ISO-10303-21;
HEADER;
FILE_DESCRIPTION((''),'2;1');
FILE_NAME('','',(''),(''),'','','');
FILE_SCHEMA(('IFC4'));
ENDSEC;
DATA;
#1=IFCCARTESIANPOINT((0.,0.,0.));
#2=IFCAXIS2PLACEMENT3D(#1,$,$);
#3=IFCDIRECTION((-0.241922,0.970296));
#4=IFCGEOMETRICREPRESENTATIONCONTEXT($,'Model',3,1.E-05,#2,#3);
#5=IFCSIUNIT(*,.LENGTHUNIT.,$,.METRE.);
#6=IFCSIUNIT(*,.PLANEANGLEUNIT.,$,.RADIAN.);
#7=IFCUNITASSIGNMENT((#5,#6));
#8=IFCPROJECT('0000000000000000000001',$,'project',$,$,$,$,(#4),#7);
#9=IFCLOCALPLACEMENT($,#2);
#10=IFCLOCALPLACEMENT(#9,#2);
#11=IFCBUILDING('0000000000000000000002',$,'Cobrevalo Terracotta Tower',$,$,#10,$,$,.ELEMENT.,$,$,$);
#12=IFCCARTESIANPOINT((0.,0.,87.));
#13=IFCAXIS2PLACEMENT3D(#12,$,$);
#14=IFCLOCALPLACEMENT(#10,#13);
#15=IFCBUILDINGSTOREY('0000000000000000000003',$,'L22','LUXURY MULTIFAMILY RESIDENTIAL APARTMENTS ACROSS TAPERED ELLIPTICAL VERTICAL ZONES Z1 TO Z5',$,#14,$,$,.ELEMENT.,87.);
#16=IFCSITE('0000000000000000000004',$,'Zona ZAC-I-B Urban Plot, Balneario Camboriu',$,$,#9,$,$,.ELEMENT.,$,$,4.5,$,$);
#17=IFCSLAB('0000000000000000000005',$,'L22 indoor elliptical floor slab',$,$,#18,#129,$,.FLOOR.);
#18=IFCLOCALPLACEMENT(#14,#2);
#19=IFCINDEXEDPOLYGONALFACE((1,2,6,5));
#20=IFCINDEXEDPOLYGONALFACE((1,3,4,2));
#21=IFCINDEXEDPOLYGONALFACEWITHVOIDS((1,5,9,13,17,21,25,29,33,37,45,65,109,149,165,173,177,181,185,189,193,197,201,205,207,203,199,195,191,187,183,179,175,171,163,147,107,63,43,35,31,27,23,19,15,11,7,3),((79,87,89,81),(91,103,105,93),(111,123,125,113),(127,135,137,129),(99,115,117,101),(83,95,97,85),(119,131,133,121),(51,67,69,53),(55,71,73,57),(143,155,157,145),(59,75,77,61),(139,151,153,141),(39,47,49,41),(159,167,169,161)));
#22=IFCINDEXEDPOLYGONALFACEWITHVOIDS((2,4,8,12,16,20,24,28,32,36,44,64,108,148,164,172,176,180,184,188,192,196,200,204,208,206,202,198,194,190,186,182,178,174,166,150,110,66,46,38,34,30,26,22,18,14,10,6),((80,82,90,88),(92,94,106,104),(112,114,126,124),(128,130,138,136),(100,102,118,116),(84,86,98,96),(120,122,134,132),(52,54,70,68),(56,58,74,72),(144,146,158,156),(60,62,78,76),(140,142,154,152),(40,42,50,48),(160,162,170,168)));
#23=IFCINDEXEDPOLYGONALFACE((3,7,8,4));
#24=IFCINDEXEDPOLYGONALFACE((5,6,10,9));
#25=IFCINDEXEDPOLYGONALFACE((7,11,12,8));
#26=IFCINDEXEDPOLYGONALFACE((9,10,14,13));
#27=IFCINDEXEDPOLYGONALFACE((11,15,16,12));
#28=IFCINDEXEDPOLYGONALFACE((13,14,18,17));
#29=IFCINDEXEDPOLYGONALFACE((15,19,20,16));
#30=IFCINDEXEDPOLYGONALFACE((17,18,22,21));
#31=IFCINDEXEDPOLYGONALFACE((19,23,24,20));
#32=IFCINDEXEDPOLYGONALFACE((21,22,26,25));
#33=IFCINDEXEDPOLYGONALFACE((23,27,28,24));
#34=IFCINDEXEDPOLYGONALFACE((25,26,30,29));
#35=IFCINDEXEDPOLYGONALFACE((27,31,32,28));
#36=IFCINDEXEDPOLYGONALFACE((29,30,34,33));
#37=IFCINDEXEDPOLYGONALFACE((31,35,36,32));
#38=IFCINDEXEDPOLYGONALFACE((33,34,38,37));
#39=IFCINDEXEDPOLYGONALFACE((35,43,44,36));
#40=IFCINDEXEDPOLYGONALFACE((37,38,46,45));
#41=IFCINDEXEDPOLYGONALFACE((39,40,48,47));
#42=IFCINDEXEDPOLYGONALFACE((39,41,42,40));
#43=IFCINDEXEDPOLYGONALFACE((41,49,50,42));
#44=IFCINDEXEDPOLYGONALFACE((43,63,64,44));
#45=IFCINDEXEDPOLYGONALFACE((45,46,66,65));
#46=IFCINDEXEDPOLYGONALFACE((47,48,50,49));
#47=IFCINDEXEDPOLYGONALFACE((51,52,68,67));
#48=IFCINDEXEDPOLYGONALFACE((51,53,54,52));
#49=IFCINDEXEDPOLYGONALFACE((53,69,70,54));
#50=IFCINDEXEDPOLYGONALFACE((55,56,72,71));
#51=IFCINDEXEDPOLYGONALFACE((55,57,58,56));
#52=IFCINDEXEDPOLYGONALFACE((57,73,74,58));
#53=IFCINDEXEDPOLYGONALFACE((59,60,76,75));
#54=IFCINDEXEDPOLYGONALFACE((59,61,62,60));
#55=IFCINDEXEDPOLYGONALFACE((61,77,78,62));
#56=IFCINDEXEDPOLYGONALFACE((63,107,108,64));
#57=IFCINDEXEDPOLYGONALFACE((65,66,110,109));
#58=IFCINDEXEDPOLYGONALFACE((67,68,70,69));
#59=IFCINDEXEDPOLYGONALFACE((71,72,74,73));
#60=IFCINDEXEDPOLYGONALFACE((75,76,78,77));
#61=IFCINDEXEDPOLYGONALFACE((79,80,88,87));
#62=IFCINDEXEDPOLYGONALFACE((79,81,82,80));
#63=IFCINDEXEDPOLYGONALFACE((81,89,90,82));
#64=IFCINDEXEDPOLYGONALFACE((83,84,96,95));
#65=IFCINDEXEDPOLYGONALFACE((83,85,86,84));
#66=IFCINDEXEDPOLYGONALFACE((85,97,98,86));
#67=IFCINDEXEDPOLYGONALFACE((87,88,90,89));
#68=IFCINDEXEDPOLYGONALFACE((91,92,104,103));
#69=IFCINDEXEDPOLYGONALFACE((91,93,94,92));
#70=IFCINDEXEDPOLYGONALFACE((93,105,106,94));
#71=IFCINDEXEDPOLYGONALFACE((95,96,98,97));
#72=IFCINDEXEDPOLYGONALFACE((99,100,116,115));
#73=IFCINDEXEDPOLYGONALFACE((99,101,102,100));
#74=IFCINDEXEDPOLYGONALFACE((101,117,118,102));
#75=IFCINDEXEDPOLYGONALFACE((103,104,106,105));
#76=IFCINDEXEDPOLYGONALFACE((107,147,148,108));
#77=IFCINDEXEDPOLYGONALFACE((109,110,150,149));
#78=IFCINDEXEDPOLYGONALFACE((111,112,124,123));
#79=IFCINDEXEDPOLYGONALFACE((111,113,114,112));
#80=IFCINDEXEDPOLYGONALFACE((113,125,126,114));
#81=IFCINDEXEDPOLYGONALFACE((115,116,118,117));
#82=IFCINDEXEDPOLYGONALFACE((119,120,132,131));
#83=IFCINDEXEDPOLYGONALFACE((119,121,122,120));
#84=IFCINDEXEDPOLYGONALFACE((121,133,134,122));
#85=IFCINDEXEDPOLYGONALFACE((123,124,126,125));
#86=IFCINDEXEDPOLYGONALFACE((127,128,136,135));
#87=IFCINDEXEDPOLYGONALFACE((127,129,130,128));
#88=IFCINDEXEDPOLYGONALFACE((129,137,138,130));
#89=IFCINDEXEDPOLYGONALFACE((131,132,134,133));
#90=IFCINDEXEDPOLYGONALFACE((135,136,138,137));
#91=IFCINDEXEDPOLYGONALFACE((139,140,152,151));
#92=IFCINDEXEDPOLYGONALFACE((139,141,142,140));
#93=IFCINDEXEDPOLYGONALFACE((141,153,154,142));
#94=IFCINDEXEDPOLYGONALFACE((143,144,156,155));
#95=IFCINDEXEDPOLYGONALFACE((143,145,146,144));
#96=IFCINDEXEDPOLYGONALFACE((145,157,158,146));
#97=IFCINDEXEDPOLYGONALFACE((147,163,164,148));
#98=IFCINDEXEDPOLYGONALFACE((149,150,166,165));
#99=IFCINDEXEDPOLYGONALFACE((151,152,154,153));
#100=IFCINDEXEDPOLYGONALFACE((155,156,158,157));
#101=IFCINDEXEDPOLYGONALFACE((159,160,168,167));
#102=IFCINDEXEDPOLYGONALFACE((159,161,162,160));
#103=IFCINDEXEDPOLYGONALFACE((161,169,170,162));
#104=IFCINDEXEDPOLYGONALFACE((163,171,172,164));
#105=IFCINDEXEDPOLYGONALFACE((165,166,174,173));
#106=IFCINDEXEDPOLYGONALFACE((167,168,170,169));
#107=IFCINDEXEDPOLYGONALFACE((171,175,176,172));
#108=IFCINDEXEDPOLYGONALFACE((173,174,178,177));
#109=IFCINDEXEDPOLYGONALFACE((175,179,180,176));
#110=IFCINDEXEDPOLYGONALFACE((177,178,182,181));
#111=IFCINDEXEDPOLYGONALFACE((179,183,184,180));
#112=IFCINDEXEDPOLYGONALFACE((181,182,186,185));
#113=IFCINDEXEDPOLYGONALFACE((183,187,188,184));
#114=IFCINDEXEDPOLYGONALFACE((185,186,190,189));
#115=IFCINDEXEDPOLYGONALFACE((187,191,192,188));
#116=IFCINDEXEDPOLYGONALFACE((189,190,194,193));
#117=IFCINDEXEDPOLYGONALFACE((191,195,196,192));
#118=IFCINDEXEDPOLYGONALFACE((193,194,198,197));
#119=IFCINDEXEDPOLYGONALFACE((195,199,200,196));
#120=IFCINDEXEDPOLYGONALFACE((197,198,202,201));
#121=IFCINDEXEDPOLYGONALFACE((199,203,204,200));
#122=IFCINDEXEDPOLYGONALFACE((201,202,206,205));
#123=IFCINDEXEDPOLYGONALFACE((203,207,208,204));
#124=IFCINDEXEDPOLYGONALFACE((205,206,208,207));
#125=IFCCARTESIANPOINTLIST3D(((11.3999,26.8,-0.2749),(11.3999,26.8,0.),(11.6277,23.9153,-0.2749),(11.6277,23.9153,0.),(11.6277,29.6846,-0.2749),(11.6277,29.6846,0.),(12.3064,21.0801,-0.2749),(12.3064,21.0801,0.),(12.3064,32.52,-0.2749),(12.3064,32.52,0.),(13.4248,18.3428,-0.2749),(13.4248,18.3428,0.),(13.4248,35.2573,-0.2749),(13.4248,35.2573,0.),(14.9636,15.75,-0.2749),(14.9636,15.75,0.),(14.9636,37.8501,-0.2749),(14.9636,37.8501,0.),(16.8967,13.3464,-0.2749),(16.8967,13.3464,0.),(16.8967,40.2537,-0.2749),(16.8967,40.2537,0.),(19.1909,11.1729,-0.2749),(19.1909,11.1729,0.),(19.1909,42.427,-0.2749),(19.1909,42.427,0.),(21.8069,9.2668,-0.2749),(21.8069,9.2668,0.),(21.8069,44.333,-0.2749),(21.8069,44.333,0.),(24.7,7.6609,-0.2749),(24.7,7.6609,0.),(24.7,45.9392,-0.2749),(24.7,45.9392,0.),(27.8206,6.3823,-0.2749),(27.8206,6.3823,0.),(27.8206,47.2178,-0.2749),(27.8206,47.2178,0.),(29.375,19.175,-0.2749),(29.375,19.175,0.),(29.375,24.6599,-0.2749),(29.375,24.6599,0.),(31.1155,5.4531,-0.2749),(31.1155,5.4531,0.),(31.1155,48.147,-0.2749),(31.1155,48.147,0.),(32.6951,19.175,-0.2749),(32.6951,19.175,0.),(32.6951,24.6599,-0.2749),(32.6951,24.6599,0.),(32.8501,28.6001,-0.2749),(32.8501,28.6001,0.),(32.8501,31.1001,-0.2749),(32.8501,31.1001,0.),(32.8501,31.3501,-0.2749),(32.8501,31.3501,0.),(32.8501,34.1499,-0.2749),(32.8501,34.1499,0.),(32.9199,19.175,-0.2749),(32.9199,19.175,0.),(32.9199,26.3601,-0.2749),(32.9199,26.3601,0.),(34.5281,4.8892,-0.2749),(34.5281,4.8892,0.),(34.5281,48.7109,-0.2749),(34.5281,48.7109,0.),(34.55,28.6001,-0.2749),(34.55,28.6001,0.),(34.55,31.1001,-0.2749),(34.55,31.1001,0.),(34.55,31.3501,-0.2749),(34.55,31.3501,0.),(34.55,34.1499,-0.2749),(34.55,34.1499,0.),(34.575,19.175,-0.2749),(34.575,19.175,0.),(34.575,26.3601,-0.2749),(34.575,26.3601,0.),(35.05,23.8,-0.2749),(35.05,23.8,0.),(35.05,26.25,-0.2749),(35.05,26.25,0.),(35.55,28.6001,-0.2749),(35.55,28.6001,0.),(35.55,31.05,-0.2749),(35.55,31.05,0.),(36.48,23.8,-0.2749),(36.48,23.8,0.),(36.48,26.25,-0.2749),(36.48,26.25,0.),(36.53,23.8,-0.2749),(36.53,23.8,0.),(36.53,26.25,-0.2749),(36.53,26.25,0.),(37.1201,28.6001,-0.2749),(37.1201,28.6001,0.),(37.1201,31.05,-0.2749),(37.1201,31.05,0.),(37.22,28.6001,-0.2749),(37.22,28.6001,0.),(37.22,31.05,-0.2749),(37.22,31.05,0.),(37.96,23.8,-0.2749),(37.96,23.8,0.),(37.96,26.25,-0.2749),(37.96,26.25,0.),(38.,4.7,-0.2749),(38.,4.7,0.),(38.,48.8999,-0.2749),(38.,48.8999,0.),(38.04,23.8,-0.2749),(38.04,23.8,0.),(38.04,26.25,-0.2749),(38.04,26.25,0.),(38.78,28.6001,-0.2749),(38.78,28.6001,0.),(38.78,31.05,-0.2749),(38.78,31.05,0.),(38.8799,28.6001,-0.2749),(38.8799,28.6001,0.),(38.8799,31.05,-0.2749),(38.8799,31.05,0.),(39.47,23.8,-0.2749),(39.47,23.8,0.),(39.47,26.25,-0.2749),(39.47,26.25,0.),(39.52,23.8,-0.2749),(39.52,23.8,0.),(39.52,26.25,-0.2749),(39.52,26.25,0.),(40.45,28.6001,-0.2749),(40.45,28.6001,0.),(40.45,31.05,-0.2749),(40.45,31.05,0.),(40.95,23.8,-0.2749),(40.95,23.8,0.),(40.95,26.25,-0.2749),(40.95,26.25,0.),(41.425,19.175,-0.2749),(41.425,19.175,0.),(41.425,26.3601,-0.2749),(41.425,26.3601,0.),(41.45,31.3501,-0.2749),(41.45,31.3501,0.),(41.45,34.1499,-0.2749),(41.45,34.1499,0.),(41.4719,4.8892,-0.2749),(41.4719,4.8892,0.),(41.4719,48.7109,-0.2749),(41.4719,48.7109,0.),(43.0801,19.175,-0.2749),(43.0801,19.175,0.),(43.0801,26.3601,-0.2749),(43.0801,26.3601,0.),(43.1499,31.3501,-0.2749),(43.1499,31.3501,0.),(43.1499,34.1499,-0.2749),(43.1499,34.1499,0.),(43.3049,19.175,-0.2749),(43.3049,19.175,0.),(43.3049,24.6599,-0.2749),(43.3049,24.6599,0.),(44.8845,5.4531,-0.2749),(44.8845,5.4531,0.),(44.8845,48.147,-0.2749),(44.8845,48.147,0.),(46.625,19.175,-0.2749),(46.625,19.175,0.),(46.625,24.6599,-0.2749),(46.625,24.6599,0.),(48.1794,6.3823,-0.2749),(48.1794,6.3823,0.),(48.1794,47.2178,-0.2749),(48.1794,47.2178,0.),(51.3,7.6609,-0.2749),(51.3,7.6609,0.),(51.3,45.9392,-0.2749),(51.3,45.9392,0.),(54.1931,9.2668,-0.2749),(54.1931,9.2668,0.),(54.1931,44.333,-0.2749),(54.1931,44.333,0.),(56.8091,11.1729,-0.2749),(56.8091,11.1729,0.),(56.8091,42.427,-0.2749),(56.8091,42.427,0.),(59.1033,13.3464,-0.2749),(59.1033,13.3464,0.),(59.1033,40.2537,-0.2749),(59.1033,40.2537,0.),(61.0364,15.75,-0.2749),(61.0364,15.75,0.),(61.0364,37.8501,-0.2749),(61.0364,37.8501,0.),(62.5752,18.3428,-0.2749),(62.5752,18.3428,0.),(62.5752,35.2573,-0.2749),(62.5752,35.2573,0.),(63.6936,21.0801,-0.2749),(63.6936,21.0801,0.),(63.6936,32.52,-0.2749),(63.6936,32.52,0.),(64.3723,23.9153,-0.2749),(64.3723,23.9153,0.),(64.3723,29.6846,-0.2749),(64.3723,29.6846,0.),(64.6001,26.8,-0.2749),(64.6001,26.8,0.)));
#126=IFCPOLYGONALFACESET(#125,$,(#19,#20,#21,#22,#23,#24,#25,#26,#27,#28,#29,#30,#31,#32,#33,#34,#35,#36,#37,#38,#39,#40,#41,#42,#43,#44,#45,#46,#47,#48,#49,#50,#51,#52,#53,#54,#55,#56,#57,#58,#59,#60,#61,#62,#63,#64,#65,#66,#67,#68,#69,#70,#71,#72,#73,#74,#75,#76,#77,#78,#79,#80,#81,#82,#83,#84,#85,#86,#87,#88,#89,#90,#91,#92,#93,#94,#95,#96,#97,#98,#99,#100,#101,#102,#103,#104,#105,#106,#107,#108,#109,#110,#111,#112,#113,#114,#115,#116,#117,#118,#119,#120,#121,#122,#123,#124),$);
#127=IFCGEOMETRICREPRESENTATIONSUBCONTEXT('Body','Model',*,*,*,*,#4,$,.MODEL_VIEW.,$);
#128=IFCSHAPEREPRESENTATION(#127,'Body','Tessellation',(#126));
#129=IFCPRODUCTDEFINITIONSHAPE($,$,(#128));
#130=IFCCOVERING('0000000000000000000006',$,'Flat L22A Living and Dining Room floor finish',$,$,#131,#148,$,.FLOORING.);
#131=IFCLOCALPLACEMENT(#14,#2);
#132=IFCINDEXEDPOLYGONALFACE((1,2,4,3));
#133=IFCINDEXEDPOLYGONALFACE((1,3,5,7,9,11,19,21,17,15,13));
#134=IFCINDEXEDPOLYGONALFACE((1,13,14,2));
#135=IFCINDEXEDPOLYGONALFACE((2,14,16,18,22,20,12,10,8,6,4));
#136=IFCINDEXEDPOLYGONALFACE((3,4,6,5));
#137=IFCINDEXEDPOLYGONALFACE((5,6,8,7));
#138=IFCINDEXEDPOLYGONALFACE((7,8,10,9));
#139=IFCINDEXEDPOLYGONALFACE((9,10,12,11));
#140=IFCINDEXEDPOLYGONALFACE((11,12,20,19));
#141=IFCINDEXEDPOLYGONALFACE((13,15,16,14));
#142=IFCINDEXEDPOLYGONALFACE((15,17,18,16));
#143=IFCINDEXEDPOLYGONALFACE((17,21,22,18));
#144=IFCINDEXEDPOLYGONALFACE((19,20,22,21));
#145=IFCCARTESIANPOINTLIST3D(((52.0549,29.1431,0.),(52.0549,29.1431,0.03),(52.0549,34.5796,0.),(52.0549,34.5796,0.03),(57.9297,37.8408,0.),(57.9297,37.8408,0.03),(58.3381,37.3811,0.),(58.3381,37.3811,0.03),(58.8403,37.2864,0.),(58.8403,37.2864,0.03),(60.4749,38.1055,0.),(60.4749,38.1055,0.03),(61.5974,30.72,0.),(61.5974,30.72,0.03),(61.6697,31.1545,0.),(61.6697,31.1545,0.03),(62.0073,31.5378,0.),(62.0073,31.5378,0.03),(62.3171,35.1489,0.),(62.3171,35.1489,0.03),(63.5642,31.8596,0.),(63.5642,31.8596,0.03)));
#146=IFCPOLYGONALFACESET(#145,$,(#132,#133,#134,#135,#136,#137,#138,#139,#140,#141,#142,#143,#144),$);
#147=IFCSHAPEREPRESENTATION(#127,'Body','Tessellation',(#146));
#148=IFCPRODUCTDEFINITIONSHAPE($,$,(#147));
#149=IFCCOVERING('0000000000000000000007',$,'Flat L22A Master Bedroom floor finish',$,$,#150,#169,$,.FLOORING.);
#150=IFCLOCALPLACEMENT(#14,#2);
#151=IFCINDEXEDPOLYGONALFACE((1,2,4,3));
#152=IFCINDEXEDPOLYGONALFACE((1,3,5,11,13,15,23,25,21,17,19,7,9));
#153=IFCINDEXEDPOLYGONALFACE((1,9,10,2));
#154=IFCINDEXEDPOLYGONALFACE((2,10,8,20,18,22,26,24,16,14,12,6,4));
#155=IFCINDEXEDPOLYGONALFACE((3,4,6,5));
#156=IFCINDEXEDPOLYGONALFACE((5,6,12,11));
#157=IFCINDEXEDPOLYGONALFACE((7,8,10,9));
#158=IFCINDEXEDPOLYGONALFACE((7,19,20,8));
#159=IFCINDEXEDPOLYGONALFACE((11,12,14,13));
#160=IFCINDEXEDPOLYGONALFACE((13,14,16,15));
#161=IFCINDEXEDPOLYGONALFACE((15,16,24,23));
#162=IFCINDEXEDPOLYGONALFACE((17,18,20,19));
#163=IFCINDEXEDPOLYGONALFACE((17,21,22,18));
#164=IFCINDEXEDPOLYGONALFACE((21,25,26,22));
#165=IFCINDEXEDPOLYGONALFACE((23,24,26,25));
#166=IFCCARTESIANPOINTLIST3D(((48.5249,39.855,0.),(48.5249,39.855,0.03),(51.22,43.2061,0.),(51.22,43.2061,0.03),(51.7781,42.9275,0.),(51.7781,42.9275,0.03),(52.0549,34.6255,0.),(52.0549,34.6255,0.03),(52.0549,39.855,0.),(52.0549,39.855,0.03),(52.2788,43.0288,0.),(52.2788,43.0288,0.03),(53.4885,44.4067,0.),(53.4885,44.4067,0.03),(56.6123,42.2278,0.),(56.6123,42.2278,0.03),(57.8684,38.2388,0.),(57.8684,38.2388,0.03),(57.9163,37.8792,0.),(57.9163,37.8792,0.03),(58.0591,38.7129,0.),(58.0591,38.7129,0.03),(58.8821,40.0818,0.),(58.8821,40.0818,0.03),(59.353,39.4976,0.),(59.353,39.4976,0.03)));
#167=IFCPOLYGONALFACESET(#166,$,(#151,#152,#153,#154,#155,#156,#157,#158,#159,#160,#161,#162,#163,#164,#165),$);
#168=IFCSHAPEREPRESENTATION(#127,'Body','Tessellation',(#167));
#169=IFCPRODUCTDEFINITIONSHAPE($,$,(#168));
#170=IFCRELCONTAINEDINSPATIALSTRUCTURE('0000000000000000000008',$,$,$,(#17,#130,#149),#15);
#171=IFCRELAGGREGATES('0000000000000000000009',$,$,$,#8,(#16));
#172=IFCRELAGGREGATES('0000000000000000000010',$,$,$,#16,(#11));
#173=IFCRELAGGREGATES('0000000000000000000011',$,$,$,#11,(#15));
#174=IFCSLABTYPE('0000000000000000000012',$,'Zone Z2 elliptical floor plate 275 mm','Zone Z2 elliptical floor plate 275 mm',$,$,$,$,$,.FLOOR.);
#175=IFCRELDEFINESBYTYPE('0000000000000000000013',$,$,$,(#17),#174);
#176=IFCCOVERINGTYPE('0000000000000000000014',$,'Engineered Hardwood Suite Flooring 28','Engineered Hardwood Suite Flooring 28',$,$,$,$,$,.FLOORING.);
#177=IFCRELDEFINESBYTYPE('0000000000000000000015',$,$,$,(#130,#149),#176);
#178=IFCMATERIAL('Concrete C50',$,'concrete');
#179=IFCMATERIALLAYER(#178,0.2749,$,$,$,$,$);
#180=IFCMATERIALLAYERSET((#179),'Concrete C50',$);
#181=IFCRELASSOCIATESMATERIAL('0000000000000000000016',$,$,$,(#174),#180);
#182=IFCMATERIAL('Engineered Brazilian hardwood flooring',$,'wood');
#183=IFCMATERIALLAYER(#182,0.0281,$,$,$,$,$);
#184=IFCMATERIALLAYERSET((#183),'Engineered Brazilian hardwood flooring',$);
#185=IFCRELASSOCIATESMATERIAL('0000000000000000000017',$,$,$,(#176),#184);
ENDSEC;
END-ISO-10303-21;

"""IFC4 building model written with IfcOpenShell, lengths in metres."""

from ifc_helpers import new_model, si_unit, direction, frame, origin, place, context, subcontext, project, spatial, polyline, outline, extrude, material, layer, layer_set, type_object, element, save


model = new_model("IFC4")

# Units and contexts
model_context = context("Model", 3, precision=1e-05, world=origin(), true_north=direction((-0.241922, 0.970296)))
body_context = subcontext(model_context, "Body", "Model", "MODEL_VIEW")
ifc_project = project(units=[si_unit("LENGTHUNIT", "METRE"), si_unit("PLANEANGLEUNIT", "RADIAN")], contexts=[model_context])

# Site, building, storey
site_placement = place(None, origin())
site = spatial("IfcSite", under=ifc_project, at=site_placement, Name="Zona ZAC-I-B Urban Plot, Balneario Camboriu", CompositionType="ELEMENT", RefElevation=4.5)
building_placement = place(site_placement, origin())
building = spatial("IfcBuilding", under=site, at=building_placement, Name="Cobrevalo Terracotta Tower", CompositionType="ELEMENT")
storey_placement = place(building_placement, frame((0.0, 0.0, 87.0)))
storey = spatial("IfcBuildingStorey", under=building, at=storey_placement, Name="L22", Description="LUXURY MULTIFAMILY RESIDENTIAL APARTMENTS ACROSS TAPERED ELLIPTICAL VERTICAL ZONES Z1 TO Z5", CompositionType="ELEMENT", Elevation=87.0)

# Shared definitions
ifc_material_1 = material(Name="Concrete C50", Category="concrete")

# Slab
ifc_layer_1 = layer(ifc_material_1, 0.2749)
ifc_layer_set_1 = layer_set([ifc_layer_1], Name="Concrete C50")
slab_type_1 = type_object("IfcSlabType", Name="Zone Z2 elliptical floor plate 275 mm", Description="Zone Z2 elliptical floor plate 275 mm", PredefinedType="FLOOR", material=ifc_layer_set_1)
slab_1_placement = place(storey_placement, frame((0.0, 0.0, -0.2749)))
element("IfcSlab", 1, at=slab_1_placement, inside=storey, type_object=slab_type_1, Name="L22 indoor elliptical floor slab", PredefinedType="FLOOR", context=body_context, shape_type="SweptSolid", body=[
    extrude(outline(polyline([(64.3723, 23.9153), (63.6936, 21.0801), (62.5752, 18.3428), (61.0364, 15.75), (59.1033, 13.3464), (56.8091, 11.1729), (54.1931, 9.2668), (51.3, 7.6609), (48.1794, 6.3823), (44.8845, 5.4531), (41.4719, 4.8892), (38.0, 4.7), (34.5281, 4.8892), (31.1155, 5.4531), (27.8206, 6.3823), (24.7, 7.6609), (21.8069, 9.2668), (19.1909, 11.1729), (16.8967, 13.3464), (14.9636, 15.75), (13.4248, 18.3428), (12.3064, 21.0801), (11.6277, 23.9153), (11.3999, 26.8), (11.6277, 29.6846), (12.3064, 32.52), (13.4248, 35.2573), (14.9636, 37.8501), (16.8967, 40.2537), (19.1909, 42.427), (21.8069, 44.333), (24.7, 45.9392), (27.8206, 47.2178), (31.1155, 48.147), (34.5281, 48.7109), (38.0, 48.8999), (41.4719, 48.7109), (44.8845, 48.147), (48.1794, 47.2178), (51.3, 45.9392), (54.1931, 44.333), (56.8091, 42.427), (59.1033, 40.2537), (61.0364, 37.8501), (62.5752, 35.2573), (63.6936, 32.52), (64.3723, 29.6846), (64.6001, 26.8), (64.3723, 23.9153)]), holes=[polyline([(32.6951, 19.175), (32.6951, 24.6599), (29.375, 24.6599), (29.375, 19.175), (32.6951, 19.175)]), polyline([(34.575, 19.175), (34.575, 26.3601), (32.9199, 26.3601), (32.9199, 19.175), (34.575, 19.175)]), polyline([(36.48, 23.8), (36.48, 26.25), (35.05, 26.25), (35.05, 23.8), (36.48, 23.8)]), polyline([(37.96, 23.8), (37.96, 26.25), (36.53, 26.25), (36.53, 23.8), (37.96, 23.8)]), polyline([(37.1201, 28.6001), (37.1201, 31.05), (35.55, 31.05), (35.55, 28.6001), (37.1201, 28.6001)]), polyline([(34.55, 28.6001), (34.55, 31.1001), (32.8501, 31.1001), (32.8501, 28.6001), (34.55, 28.6001)]), polyline([(34.55, 31.3501), (34.55, 34.1499), (32.8501, 34.1499), (32.8501, 31.3501), (34.55, 31.3501)]), polyline([(46.625, 19.175), (46.625, 24.6599), (43.3049, 24.6599), (43.3049, 19.175), (46.625, 19.175)]), polyline([(43.0801, 19.175), (43.0801, 26.3601), (41.425, 26.3601), (41.425, 19.175), (43.0801, 19.175)]), polyline([(39.47, 23.8), (39.47, 26.25), (38.04, 26.25), (38.04, 23.8), (39.47, 23.8)]), polyline([(40.95, 23.8), (40.95, 26.25), (39.52, 26.25), (39.52, 23.8), (40.95, 23.8)]), polyline([(38.78, 28.6001), (38.78, 31.05), (37.22, 31.05), (37.22, 28.6001), (38.78, 28.6001)]), polyline([(40.45, 28.6001), (40.45, 31.05), (38.8799, 31.05), (38.8799, 28.6001), (40.45, 28.6001)]), polyline([(43.1499, 31.3501), (43.1499, 34.1499), (41.45, 34.1499), (41.45, 31.3501), (43.1499, 31.3501)])]), origin(), (0.0, 0.0, 1.0), 0.2749),
])

# Coverings
ifc_material_2 = material(Name="Engineered Brazilian hardwood flooring", Category="wood")
ifc_layer_2 = layer(ifc_material_2, 0.0281)
ifc_layer_set_2 = layer_set([ifc_layer_2], Name="Engineered Brazilian hardwood flooring")
covering_type_1 = type_object("IfcCoveringType", Name="Engineered Hardwood Suite Flooring 28", Description="Engineered Hardwood Suite Flooring 28", PredefinedType="FLOORING", material=ifc_layer_set_2)
covering_1_placement = place(storey_placement, origin())
element("IfcCovering", 2, at=covering_1_placement, inside=storey, type_object=covering_type_1, Name="Flat L22A Living and Dining Room floor finish", PredefinedType="FLOORING", context=body_context, shape_type="SweptSolid", body=[
    extrude(outline(polyline([(62.3171, 35.1489), (63.5642, 31.8596), (62.0073, 31.5378), (61.6697, 31.1545), (61.5974, 30.72), (52.0549, 29.1431), (52.0549, 34.5796), (57.9297, 37.8408), (58.3381, 37.3811), (58.8403, 37.2864), (60.4749, 38.1055), (62.3171, 35.1489)])), origin(), (0.0, 0.0, 1.0), 0.03),
])
covering_2_placement = place(storey_placement, origin())
element("IfcCovering", 3, at=covering_2_placement, inside=storey, type_object=covering_type_1, Name="Flat L22A Master Bedroom floor finish", PredefinedType="FLOORING", context=body_context, shape_type="SweptSolid", body=[
    extrude(outline(polyline([(56.6123, 42.2278), (58.8821, 40.0818), (59.353, 39.4976), (58.0591, 38.7129), (57.8684, 38.2388), (57.9163, 37.8792), (52.0549, 34.6255), (52.0549, 39.855), (48.5249, 39.855), (51.22, 43.2061), (51.7781, 42.9275), (52.2788, 43.0288), (53.4885, 44.4067), (56.6123, 42.2278)])), origin(), (0.0, 0.0, 1.0), 0.03),
])

save(model, "model.ifc")
